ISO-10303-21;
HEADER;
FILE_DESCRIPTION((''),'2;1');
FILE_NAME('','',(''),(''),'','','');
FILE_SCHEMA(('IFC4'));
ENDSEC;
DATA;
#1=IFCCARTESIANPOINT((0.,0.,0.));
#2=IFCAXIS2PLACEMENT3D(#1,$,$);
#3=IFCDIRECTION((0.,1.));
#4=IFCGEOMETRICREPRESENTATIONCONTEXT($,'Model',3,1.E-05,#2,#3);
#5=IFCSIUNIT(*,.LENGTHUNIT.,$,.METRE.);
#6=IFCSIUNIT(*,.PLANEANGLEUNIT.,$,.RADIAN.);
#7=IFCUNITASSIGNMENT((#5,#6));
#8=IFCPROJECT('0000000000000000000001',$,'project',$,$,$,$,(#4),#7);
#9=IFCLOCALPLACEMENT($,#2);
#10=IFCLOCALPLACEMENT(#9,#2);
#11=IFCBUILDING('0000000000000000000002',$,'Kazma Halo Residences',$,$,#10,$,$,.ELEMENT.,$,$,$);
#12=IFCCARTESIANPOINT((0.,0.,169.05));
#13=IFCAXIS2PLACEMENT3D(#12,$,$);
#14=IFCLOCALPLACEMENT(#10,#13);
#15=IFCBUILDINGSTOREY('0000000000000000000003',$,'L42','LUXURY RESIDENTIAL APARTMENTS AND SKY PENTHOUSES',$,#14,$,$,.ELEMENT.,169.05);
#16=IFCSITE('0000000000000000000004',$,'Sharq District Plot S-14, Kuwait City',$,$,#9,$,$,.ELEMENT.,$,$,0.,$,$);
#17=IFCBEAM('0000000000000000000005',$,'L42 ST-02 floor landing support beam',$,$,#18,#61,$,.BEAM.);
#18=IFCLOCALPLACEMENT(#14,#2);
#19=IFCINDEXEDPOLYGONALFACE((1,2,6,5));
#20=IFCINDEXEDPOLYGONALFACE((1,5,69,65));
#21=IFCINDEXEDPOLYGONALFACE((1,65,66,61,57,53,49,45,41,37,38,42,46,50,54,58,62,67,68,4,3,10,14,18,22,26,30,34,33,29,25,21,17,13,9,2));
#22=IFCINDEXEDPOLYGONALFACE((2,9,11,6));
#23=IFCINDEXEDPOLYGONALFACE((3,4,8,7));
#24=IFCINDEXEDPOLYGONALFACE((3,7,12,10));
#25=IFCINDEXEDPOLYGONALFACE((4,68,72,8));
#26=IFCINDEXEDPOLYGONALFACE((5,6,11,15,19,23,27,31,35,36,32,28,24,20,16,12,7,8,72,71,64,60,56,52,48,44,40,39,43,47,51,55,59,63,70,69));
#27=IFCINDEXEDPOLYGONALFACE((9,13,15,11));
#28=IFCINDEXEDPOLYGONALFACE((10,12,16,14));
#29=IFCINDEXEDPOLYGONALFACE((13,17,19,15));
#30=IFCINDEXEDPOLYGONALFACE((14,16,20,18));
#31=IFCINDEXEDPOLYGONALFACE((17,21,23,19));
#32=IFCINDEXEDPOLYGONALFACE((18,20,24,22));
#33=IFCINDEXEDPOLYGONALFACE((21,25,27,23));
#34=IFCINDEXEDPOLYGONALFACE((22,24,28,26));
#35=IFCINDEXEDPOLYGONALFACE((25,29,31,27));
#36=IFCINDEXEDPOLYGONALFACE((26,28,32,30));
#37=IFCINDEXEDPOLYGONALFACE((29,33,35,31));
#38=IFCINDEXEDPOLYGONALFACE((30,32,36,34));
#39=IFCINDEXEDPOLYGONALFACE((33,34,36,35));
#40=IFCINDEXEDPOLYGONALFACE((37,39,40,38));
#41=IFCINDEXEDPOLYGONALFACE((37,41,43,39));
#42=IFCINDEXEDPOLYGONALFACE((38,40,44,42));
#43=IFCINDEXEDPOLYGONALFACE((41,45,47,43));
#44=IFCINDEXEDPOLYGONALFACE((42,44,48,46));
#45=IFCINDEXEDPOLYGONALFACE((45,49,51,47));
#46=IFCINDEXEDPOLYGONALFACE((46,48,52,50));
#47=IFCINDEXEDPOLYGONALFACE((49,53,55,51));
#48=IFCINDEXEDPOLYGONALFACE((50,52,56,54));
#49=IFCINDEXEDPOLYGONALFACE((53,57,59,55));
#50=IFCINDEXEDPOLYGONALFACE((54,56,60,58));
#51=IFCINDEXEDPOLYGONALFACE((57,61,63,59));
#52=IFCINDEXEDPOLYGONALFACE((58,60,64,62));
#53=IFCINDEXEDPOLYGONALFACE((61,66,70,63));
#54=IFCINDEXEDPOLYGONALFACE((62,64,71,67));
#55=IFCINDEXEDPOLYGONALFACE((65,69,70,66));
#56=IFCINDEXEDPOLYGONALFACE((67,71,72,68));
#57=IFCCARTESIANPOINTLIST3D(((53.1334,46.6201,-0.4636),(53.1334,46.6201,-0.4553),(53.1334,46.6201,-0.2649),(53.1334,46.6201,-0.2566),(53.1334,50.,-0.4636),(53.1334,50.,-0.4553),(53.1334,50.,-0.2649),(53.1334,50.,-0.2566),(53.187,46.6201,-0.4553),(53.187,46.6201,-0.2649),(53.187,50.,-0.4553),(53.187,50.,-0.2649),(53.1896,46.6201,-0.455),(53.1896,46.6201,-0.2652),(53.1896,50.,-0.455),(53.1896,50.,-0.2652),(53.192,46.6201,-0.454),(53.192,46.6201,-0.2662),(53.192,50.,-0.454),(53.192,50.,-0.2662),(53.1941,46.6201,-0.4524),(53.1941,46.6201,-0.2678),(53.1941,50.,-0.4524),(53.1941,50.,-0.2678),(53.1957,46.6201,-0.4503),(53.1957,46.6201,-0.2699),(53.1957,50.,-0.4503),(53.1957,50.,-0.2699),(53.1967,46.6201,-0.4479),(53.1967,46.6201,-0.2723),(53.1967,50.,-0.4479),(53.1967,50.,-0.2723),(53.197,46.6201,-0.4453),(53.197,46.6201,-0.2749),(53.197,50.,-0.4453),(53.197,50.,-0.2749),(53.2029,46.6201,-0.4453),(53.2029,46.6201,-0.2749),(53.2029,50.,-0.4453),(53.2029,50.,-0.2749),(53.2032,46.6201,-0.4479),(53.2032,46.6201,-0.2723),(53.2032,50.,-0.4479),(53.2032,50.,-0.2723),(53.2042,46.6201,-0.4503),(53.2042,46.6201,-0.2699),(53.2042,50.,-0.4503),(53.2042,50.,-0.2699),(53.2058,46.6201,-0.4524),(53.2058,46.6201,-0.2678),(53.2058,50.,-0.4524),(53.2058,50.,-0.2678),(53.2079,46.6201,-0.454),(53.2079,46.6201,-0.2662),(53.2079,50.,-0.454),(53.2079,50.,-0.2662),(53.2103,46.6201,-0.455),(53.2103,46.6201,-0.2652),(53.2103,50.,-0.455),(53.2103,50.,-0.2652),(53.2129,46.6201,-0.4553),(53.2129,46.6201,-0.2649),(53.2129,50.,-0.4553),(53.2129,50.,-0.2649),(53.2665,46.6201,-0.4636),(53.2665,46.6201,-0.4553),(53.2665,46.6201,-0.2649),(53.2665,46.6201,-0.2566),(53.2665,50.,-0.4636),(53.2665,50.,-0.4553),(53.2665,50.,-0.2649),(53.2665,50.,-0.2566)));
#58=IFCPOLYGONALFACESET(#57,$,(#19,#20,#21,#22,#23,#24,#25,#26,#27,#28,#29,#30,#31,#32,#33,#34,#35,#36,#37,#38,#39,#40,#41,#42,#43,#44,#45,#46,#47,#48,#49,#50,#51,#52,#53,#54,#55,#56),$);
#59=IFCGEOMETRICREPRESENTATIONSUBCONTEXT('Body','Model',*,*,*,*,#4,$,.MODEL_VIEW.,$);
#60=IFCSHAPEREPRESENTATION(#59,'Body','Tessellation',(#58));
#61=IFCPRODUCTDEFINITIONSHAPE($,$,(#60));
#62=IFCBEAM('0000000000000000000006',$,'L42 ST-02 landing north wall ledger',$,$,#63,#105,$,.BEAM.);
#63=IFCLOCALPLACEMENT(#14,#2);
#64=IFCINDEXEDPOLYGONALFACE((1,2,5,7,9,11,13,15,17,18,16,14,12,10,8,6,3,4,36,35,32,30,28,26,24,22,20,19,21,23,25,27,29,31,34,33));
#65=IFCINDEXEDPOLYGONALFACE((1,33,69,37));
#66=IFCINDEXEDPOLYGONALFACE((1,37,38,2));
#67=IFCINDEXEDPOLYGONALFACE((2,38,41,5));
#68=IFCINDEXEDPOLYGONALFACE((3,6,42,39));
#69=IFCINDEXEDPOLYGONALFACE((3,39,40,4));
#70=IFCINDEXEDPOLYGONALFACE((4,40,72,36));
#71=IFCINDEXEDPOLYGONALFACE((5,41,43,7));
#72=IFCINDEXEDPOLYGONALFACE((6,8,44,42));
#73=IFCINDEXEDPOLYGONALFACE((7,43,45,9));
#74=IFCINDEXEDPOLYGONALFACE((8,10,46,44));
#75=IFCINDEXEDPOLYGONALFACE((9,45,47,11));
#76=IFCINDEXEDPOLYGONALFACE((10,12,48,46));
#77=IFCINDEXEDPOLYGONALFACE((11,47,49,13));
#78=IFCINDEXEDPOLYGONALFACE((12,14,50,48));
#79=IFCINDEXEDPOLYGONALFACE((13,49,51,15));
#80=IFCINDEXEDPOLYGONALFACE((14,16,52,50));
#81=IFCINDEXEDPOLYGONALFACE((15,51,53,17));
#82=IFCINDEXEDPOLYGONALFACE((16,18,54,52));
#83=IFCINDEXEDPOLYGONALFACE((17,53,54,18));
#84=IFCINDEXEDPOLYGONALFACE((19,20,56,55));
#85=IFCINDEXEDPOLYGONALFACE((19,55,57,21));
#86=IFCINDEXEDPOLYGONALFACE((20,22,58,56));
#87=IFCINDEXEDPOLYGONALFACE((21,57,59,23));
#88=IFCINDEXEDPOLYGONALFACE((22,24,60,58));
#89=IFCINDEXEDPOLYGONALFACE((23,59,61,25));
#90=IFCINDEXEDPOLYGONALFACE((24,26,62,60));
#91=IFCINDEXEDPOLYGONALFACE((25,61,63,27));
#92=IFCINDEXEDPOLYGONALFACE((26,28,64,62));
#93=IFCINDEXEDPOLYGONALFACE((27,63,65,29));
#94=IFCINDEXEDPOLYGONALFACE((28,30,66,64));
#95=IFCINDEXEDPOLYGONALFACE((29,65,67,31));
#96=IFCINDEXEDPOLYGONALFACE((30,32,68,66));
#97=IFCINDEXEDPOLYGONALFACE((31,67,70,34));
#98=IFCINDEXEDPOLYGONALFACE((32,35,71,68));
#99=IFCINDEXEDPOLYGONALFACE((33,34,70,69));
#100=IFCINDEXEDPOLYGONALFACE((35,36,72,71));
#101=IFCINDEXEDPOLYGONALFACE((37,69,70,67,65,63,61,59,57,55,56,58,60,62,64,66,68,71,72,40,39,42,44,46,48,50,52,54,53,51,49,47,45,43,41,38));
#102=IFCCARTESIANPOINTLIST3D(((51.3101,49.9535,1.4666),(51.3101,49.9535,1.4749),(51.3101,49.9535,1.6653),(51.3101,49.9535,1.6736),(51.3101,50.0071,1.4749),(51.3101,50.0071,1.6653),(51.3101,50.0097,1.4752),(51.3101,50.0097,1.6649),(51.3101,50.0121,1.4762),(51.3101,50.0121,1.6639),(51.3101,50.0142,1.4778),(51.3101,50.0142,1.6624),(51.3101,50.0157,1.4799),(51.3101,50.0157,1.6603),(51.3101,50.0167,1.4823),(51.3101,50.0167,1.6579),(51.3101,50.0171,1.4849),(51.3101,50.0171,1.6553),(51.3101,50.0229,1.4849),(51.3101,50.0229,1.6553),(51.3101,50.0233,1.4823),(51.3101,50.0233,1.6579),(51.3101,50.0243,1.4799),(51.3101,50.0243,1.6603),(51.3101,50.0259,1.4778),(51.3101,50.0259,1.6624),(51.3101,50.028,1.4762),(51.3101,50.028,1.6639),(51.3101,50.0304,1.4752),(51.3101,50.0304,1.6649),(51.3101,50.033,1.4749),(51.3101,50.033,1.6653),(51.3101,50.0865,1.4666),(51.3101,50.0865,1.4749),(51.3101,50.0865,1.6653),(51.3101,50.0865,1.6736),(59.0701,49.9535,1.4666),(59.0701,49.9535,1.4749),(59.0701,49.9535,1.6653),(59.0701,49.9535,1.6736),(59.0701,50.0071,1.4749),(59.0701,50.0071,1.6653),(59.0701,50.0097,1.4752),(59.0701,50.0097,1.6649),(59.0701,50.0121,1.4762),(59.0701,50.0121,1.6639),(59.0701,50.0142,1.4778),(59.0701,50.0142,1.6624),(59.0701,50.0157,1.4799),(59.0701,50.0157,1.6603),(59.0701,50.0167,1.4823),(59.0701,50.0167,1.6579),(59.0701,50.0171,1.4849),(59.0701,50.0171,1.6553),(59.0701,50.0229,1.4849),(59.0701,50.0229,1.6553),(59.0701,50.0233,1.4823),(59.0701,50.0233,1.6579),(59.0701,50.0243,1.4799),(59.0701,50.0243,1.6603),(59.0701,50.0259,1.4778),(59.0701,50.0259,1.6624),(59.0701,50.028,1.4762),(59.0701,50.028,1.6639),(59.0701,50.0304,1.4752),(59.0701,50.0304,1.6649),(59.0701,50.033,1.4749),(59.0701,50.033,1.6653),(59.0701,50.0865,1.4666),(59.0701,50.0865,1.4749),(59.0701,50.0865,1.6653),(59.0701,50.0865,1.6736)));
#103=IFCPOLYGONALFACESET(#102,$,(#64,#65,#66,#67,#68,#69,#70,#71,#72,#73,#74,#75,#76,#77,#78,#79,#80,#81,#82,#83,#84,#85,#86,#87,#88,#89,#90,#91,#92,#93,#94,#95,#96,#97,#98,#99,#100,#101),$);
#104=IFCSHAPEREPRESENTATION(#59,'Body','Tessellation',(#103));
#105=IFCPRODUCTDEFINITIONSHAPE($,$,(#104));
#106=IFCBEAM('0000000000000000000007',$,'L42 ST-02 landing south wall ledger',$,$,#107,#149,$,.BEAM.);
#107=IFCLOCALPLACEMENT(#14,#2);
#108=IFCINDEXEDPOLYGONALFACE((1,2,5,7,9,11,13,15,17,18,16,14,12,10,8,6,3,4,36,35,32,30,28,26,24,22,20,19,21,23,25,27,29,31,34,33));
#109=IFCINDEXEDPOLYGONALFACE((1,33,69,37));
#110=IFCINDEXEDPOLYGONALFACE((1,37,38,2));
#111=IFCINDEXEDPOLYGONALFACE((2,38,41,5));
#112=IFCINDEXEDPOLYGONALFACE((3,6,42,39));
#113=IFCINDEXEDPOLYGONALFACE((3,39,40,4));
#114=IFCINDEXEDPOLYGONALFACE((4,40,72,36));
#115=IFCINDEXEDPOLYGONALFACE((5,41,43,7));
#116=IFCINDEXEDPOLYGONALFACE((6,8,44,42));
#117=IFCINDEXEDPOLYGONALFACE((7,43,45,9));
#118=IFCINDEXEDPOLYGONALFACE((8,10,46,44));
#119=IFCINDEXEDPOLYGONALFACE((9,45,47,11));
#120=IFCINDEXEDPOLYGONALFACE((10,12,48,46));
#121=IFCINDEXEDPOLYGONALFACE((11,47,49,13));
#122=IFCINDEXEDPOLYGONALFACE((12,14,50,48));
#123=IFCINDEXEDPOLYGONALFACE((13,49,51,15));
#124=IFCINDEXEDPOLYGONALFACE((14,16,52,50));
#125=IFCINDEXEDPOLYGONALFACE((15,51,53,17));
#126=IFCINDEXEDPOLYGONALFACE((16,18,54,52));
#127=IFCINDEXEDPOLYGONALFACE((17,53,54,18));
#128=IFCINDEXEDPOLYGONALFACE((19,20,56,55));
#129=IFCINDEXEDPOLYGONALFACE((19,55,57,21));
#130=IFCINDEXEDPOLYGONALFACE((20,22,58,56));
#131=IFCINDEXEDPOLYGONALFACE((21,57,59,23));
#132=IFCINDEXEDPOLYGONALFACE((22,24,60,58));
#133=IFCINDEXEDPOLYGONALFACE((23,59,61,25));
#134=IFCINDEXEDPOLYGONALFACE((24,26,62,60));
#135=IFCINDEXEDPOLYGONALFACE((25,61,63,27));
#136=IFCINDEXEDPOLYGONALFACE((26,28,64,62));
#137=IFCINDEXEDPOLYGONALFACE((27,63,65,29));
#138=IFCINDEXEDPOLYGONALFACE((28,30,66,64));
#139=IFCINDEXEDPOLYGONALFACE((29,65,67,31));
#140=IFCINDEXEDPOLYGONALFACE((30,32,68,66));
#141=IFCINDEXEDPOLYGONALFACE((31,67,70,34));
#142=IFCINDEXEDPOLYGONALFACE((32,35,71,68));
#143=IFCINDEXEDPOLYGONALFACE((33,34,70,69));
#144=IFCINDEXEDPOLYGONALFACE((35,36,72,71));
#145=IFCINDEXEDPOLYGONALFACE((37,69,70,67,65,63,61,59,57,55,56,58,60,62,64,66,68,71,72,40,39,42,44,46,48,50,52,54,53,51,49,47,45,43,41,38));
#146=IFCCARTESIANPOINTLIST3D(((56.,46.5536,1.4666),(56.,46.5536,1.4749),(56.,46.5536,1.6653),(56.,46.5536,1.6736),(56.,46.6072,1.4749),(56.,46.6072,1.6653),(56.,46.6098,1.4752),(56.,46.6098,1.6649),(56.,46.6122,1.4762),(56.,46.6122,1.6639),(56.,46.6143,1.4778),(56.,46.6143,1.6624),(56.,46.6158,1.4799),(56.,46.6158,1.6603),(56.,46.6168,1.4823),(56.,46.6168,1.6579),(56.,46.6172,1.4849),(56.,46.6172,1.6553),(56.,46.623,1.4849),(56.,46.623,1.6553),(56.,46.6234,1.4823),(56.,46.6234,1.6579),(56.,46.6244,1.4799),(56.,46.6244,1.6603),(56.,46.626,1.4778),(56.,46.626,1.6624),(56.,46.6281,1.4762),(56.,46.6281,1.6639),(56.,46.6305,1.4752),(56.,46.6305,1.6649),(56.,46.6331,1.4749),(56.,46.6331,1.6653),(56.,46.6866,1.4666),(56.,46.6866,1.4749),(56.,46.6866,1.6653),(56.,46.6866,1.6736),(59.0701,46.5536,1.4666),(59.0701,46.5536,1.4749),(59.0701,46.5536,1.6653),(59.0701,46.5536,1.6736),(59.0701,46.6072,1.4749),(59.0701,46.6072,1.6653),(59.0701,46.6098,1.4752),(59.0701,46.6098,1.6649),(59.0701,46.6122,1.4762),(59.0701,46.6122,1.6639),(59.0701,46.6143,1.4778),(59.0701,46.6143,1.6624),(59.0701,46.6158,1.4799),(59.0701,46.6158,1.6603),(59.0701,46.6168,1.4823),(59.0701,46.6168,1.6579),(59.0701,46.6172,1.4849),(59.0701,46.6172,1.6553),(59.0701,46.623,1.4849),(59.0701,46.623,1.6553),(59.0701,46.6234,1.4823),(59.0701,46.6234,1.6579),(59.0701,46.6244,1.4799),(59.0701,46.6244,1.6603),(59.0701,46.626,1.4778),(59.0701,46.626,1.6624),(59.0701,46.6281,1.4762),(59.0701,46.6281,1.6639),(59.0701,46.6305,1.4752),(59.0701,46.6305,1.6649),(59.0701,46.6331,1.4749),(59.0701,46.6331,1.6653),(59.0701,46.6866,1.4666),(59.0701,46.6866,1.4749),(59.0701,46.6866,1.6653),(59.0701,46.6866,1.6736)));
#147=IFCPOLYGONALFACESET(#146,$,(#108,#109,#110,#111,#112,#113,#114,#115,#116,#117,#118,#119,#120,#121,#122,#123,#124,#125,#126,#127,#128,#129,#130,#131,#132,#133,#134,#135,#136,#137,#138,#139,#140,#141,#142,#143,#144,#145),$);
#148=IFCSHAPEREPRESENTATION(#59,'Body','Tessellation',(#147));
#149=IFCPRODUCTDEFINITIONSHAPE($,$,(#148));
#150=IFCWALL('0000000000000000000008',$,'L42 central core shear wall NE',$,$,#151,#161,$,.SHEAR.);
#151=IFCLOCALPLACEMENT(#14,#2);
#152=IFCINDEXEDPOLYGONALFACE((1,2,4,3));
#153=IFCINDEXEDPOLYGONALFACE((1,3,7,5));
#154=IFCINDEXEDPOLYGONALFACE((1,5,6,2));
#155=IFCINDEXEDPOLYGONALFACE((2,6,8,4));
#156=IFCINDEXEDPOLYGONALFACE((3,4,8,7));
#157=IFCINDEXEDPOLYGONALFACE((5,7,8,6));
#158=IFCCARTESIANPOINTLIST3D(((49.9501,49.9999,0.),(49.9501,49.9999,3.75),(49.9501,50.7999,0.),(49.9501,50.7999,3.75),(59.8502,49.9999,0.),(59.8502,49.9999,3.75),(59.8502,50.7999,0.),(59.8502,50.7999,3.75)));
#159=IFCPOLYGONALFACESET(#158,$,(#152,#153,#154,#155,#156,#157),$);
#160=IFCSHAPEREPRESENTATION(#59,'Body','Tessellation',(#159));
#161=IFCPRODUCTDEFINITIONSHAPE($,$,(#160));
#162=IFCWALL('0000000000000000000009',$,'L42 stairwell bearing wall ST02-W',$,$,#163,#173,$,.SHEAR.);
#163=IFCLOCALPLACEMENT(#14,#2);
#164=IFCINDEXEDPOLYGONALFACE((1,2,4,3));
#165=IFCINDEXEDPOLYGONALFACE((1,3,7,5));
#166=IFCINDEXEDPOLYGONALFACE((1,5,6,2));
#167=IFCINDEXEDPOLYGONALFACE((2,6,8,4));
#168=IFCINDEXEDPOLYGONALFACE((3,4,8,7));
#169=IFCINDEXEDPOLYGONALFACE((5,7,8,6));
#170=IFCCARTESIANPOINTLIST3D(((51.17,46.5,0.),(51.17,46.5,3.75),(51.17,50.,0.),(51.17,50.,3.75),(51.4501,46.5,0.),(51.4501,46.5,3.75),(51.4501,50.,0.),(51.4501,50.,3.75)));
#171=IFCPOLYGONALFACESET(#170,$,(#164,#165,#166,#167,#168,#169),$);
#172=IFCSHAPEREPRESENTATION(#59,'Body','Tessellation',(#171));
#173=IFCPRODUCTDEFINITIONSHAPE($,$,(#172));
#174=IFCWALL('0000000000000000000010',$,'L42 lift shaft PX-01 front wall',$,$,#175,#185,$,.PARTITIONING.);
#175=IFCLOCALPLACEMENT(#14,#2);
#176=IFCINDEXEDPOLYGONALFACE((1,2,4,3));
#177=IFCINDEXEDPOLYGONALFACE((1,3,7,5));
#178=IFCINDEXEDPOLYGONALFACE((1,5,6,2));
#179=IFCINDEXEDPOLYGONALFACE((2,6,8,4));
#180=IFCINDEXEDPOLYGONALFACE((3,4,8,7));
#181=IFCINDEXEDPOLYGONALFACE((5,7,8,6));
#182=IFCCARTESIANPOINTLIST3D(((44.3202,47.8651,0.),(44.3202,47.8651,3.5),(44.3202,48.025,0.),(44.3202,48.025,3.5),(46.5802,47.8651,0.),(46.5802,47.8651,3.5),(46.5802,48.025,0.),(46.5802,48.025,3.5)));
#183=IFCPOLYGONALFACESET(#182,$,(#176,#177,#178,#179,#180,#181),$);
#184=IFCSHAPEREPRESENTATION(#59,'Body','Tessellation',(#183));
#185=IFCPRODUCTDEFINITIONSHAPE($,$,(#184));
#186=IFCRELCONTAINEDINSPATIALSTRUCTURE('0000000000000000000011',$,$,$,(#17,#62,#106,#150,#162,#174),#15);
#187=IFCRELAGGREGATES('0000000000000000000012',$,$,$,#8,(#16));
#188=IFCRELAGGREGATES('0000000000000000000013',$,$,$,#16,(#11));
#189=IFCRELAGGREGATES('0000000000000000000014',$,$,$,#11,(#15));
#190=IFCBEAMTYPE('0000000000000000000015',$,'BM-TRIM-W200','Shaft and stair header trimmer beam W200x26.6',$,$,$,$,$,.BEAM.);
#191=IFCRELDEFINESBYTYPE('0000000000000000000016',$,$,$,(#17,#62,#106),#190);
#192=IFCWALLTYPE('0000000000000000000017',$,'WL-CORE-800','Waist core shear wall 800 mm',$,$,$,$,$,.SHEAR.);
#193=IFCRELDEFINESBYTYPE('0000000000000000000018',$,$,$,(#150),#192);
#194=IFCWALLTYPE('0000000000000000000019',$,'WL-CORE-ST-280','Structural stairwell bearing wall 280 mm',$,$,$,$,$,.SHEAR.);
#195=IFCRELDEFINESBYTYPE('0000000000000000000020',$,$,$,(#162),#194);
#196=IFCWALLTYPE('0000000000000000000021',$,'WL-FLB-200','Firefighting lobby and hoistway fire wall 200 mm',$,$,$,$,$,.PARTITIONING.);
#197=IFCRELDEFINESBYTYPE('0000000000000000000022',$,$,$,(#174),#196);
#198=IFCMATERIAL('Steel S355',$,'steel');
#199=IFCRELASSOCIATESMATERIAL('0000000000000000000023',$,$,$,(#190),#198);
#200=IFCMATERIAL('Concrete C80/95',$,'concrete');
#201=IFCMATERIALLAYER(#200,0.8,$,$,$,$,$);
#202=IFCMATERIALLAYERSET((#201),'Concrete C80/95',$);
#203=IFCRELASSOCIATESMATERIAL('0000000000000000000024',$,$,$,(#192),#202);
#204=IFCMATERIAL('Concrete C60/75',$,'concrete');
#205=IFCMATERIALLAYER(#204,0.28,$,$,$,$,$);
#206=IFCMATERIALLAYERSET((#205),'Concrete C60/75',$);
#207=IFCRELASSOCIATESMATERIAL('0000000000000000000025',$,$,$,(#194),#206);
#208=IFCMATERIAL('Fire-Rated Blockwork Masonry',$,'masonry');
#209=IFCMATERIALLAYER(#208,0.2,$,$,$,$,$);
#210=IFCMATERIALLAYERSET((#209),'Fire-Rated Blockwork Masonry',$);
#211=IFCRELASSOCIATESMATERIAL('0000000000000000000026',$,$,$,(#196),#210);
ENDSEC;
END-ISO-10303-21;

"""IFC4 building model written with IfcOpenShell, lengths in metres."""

from ifc_helpers import new_model, si_unit, direction, frame, frame_2d, origin, origin_2d, place, context, subcontext, project, spatial, rectangle, i_section, extrude, material, layer, layer_set, material_profile, profile_set, type_object, element, save


model = new_model("IFC4")

# Units and contexts
model_context = context("Model", 3, precision=1e-05, world=origin(), true_north=direction((0.0, 1.0)))
body_context = subcontext(model_context, "Body", "Model", "MODEL_VIEW")
ifc_project = project(units=[si_unit("LENGTHUNIT", "METRE"), si_unit("PLANEANGLEUNIT", "RADIAN")], contexts=[model_context])

# Site, building, storey
site_placement = place(None, origin())
site = spatial("IfcSite", under=ifc_project, at=site_placement, Name="Sharq District Plot S-14, Kuwait City", CompositionType="ELEMENT", RefElevation=0.0)
building_placement = place(site_placement, origin())
building = spatial("IfcBuilding", under=site, at=building_placement, Name="Kazma Halo Residences", CompositionType="ELEMENT")
storey_placement = place(building_placement, frame((0.0, 0.0, 169.05)))
storey = spatial("IfcBuildingStorey", under=building, at=storey_placement, Name="L42", Description="LUXURY RESIDENTIAL APARTMENTS AND SKY PENTHOUSES", CompositionType="ELEMENT", Elevation=169.05)

# Shared definitions
ifc_material_1 = material(Name="Steel S355", Category="steel")

# Beams
ifc_material_profile_1 = material_profile(ifc_material_1, i_section(OverallWidth=0.1331, OverallDepth=0.207, WebThickness=0.0059, FlangeThickness=0.0083, FilletRadius=0.01, at=origin_2d()), Name="W200x26.6")
ifc_profile_set_1 = profile_set([ifc_material_profile_1], Name="Steel S355")
beam_type_1 = type_object("IfcBeamType", Name="BM-TRIM-W200", Description="Shaft and stair header trimmer beam W200x26.6", PredefinedType="BEAM", material=ifc_profile_set_1)
beam_1_placement = place(storey_placement, frame((53.2, 46.6201, -0.3601), z_axis=(0.0, 1.0, 0.0), x_axis=(-1.0, 0.0, 0.0)))
element("IfcBeam", 1, at=beam_1_placement, inside=storey, type_object=beam_type_1, Name="L42 ST-02 floor landing support beam", PredefinedType="BEAM", context=body_context, shape_type="SweptSolid", body=[
    extrude(i_section(OverallWidth=0.1331, OverallDepth=0.207, WebThickness=0.0059, FlangeThickness=0.0083, FilletRadius=0.01, at=origin_2d()), origin(), (0.0, 0.0, 1.0), 3.3799),
])
beam_2_placement = place(storey_placement, frame((51.3101, 50.02, 1.5701), z_axis=(1.0, 0.0, 0.0), x_axis=(0.0, 1.0, 0.0)))
element("IfcBeam", 2, at=beam_2_placement, inside=storey, type_object=beam_type_1, Name="L42 ST-02 landing north wall ledger", PredefinedType="BEAM", context=body_context, shape_type="SweptSolid", body=[
    extrude(i_section(OverallWidth=0.1331, OverallDepth=0.207, WebThickness=0.0059, FlangeThickness=0.0083, FilletRadius=0.01, at=origin_2d()), origin(), (0.0, 0.0, 1.0), 7.76),
])
beam_3_placement = place(storey_placement, frame((56.0, 46.6201, 1.5701), z_axis=(1.0, 0.0, 0.0), x_axis=(0.0, 1.0, 0.0)))
element("IfcBeam", 3, at=beam_3_placement, inside=storey, type_object=beam_type_1, Name="L42 ST-02 landing south wall ledger", PredefinedType="BEAM", context=body_context, shape_type="SweptSolid", body=[
    extrude(i_section(OverallWidth=0.1331, OverallDepth=0.207, WebThickness=0.0059, FlangeThickness=0.0083, FilletRadius=0.01, at=origin_2d()), origin(), (0.0, 0.0, 1.0), 3.0701),
])

# Walls
ifc_material_2 = material(Name="Concrete C80/95", Category="concrete")
ifc_layer_1 = layer(ifc_material_2, 0.8)
ifc_layer_set_1 = layer_set([ifc_layer_1], Name="Concrete C80/95")
wall_type_1 = type_object("IfcWallType", Name="WL-CORE-800", Description="Waist core shear wall 800 mm", PredefinedType="SHEAR", material=ifc_layer_set_1)
wall_1_placement = place(storey_placement, frame((49.95, 50.3999, 0.0), z_axis=(0.0, 0.0, 1.0), x_axis=(1.0, 0.0, 0.0)))
element("IfcWall", 4, at=wall_1_placement, inside=storey, type_object=wall_type_1, Name="L42 central core shear wall NE", PredefinedType="SHEAR", context=body_context, shape_type="SweptSolid", body=[
    extrude(rectangle(XDim=9.9001, YDim=0.8, at=frame_2d((4.9502, 0.0))), origin(), (0.0, 0.0, 1.0), 3.75),
])
ifc_material_3 = material(Name="Concrete C60/75", Category="concrete")
ifc_layer_2 = layer(ifc_material_3, 0.28)
ifc_layer_set_2 = layer_set([ifc_layer_2], Name="Concrete C60/75")
wall_type_2 = type_object("IfcWallType", Name="WL-CORE-ST-280", Description="Structural stairwell bearing wall 280 mm", PredefinedType="SHEAR", material=ifc_layer_set_2)
wall_2_placement = place(storey_placement, frame((51.3101, 46.5, 0.0), z_axis=(0.0, 0.0, 1.0), x_axis=(0.0, 1.0, 0.0)))
element("IfcWall", 5, at=wall_2_placement, inside=storey, type_object=wall_type_2, Name="L42 stairwell bearing wall ST02-W", PredefinedType="SHEAR", context=body_context, shape_type="SweptSolid", body=[
    extrude(rectangle(XDim=3.5, YDim=0.28, at=frame_2d((1.75, 0.0))), origin(), (0.0, 0.0, 1.0), 3.75),
])
ifc_material_4 = material(Name="Fire-Rated Blockwork Masonry", Category="masonry")
ifc_layer_3 = layer(ifc_material_4, 0.2)
ifc_layer_set_3 = layer_set([ifc_layer_3], Name="Fire-Rated Blockwork Masonry")
wall_type_3 = type_object("IfcWallType", Name="WL-FLB-200", Description="Firefighting lobby and hoistway fire wall 200 mm", PredefinedType="PARTITIONING", material=ifc_layer_set_3)
wall_3_placement = place(storey_placement, frame((46.5801, 47.9451, 0.0), z_axis=(0.0, 0.0, 1.0), x_axis=(-1.0, 0.0, 0.0)))
element("IfcWall", 6, at=wall_3_placement, inside=storey, type_object=wall_type_3, Name="L42 lift shaft PX-01 front wall", PredefinedType="PARTITIONING", context=body_context, shape_type="SweptSolid", body=[
    extrude(rectangle(XDim=2.26, YDim=0.1599, at=frame_2d((1.1299, 0.0))), origin(), (0.0, 0.0, 1.0), 3.5),
])

save(model, "model.ifc")
